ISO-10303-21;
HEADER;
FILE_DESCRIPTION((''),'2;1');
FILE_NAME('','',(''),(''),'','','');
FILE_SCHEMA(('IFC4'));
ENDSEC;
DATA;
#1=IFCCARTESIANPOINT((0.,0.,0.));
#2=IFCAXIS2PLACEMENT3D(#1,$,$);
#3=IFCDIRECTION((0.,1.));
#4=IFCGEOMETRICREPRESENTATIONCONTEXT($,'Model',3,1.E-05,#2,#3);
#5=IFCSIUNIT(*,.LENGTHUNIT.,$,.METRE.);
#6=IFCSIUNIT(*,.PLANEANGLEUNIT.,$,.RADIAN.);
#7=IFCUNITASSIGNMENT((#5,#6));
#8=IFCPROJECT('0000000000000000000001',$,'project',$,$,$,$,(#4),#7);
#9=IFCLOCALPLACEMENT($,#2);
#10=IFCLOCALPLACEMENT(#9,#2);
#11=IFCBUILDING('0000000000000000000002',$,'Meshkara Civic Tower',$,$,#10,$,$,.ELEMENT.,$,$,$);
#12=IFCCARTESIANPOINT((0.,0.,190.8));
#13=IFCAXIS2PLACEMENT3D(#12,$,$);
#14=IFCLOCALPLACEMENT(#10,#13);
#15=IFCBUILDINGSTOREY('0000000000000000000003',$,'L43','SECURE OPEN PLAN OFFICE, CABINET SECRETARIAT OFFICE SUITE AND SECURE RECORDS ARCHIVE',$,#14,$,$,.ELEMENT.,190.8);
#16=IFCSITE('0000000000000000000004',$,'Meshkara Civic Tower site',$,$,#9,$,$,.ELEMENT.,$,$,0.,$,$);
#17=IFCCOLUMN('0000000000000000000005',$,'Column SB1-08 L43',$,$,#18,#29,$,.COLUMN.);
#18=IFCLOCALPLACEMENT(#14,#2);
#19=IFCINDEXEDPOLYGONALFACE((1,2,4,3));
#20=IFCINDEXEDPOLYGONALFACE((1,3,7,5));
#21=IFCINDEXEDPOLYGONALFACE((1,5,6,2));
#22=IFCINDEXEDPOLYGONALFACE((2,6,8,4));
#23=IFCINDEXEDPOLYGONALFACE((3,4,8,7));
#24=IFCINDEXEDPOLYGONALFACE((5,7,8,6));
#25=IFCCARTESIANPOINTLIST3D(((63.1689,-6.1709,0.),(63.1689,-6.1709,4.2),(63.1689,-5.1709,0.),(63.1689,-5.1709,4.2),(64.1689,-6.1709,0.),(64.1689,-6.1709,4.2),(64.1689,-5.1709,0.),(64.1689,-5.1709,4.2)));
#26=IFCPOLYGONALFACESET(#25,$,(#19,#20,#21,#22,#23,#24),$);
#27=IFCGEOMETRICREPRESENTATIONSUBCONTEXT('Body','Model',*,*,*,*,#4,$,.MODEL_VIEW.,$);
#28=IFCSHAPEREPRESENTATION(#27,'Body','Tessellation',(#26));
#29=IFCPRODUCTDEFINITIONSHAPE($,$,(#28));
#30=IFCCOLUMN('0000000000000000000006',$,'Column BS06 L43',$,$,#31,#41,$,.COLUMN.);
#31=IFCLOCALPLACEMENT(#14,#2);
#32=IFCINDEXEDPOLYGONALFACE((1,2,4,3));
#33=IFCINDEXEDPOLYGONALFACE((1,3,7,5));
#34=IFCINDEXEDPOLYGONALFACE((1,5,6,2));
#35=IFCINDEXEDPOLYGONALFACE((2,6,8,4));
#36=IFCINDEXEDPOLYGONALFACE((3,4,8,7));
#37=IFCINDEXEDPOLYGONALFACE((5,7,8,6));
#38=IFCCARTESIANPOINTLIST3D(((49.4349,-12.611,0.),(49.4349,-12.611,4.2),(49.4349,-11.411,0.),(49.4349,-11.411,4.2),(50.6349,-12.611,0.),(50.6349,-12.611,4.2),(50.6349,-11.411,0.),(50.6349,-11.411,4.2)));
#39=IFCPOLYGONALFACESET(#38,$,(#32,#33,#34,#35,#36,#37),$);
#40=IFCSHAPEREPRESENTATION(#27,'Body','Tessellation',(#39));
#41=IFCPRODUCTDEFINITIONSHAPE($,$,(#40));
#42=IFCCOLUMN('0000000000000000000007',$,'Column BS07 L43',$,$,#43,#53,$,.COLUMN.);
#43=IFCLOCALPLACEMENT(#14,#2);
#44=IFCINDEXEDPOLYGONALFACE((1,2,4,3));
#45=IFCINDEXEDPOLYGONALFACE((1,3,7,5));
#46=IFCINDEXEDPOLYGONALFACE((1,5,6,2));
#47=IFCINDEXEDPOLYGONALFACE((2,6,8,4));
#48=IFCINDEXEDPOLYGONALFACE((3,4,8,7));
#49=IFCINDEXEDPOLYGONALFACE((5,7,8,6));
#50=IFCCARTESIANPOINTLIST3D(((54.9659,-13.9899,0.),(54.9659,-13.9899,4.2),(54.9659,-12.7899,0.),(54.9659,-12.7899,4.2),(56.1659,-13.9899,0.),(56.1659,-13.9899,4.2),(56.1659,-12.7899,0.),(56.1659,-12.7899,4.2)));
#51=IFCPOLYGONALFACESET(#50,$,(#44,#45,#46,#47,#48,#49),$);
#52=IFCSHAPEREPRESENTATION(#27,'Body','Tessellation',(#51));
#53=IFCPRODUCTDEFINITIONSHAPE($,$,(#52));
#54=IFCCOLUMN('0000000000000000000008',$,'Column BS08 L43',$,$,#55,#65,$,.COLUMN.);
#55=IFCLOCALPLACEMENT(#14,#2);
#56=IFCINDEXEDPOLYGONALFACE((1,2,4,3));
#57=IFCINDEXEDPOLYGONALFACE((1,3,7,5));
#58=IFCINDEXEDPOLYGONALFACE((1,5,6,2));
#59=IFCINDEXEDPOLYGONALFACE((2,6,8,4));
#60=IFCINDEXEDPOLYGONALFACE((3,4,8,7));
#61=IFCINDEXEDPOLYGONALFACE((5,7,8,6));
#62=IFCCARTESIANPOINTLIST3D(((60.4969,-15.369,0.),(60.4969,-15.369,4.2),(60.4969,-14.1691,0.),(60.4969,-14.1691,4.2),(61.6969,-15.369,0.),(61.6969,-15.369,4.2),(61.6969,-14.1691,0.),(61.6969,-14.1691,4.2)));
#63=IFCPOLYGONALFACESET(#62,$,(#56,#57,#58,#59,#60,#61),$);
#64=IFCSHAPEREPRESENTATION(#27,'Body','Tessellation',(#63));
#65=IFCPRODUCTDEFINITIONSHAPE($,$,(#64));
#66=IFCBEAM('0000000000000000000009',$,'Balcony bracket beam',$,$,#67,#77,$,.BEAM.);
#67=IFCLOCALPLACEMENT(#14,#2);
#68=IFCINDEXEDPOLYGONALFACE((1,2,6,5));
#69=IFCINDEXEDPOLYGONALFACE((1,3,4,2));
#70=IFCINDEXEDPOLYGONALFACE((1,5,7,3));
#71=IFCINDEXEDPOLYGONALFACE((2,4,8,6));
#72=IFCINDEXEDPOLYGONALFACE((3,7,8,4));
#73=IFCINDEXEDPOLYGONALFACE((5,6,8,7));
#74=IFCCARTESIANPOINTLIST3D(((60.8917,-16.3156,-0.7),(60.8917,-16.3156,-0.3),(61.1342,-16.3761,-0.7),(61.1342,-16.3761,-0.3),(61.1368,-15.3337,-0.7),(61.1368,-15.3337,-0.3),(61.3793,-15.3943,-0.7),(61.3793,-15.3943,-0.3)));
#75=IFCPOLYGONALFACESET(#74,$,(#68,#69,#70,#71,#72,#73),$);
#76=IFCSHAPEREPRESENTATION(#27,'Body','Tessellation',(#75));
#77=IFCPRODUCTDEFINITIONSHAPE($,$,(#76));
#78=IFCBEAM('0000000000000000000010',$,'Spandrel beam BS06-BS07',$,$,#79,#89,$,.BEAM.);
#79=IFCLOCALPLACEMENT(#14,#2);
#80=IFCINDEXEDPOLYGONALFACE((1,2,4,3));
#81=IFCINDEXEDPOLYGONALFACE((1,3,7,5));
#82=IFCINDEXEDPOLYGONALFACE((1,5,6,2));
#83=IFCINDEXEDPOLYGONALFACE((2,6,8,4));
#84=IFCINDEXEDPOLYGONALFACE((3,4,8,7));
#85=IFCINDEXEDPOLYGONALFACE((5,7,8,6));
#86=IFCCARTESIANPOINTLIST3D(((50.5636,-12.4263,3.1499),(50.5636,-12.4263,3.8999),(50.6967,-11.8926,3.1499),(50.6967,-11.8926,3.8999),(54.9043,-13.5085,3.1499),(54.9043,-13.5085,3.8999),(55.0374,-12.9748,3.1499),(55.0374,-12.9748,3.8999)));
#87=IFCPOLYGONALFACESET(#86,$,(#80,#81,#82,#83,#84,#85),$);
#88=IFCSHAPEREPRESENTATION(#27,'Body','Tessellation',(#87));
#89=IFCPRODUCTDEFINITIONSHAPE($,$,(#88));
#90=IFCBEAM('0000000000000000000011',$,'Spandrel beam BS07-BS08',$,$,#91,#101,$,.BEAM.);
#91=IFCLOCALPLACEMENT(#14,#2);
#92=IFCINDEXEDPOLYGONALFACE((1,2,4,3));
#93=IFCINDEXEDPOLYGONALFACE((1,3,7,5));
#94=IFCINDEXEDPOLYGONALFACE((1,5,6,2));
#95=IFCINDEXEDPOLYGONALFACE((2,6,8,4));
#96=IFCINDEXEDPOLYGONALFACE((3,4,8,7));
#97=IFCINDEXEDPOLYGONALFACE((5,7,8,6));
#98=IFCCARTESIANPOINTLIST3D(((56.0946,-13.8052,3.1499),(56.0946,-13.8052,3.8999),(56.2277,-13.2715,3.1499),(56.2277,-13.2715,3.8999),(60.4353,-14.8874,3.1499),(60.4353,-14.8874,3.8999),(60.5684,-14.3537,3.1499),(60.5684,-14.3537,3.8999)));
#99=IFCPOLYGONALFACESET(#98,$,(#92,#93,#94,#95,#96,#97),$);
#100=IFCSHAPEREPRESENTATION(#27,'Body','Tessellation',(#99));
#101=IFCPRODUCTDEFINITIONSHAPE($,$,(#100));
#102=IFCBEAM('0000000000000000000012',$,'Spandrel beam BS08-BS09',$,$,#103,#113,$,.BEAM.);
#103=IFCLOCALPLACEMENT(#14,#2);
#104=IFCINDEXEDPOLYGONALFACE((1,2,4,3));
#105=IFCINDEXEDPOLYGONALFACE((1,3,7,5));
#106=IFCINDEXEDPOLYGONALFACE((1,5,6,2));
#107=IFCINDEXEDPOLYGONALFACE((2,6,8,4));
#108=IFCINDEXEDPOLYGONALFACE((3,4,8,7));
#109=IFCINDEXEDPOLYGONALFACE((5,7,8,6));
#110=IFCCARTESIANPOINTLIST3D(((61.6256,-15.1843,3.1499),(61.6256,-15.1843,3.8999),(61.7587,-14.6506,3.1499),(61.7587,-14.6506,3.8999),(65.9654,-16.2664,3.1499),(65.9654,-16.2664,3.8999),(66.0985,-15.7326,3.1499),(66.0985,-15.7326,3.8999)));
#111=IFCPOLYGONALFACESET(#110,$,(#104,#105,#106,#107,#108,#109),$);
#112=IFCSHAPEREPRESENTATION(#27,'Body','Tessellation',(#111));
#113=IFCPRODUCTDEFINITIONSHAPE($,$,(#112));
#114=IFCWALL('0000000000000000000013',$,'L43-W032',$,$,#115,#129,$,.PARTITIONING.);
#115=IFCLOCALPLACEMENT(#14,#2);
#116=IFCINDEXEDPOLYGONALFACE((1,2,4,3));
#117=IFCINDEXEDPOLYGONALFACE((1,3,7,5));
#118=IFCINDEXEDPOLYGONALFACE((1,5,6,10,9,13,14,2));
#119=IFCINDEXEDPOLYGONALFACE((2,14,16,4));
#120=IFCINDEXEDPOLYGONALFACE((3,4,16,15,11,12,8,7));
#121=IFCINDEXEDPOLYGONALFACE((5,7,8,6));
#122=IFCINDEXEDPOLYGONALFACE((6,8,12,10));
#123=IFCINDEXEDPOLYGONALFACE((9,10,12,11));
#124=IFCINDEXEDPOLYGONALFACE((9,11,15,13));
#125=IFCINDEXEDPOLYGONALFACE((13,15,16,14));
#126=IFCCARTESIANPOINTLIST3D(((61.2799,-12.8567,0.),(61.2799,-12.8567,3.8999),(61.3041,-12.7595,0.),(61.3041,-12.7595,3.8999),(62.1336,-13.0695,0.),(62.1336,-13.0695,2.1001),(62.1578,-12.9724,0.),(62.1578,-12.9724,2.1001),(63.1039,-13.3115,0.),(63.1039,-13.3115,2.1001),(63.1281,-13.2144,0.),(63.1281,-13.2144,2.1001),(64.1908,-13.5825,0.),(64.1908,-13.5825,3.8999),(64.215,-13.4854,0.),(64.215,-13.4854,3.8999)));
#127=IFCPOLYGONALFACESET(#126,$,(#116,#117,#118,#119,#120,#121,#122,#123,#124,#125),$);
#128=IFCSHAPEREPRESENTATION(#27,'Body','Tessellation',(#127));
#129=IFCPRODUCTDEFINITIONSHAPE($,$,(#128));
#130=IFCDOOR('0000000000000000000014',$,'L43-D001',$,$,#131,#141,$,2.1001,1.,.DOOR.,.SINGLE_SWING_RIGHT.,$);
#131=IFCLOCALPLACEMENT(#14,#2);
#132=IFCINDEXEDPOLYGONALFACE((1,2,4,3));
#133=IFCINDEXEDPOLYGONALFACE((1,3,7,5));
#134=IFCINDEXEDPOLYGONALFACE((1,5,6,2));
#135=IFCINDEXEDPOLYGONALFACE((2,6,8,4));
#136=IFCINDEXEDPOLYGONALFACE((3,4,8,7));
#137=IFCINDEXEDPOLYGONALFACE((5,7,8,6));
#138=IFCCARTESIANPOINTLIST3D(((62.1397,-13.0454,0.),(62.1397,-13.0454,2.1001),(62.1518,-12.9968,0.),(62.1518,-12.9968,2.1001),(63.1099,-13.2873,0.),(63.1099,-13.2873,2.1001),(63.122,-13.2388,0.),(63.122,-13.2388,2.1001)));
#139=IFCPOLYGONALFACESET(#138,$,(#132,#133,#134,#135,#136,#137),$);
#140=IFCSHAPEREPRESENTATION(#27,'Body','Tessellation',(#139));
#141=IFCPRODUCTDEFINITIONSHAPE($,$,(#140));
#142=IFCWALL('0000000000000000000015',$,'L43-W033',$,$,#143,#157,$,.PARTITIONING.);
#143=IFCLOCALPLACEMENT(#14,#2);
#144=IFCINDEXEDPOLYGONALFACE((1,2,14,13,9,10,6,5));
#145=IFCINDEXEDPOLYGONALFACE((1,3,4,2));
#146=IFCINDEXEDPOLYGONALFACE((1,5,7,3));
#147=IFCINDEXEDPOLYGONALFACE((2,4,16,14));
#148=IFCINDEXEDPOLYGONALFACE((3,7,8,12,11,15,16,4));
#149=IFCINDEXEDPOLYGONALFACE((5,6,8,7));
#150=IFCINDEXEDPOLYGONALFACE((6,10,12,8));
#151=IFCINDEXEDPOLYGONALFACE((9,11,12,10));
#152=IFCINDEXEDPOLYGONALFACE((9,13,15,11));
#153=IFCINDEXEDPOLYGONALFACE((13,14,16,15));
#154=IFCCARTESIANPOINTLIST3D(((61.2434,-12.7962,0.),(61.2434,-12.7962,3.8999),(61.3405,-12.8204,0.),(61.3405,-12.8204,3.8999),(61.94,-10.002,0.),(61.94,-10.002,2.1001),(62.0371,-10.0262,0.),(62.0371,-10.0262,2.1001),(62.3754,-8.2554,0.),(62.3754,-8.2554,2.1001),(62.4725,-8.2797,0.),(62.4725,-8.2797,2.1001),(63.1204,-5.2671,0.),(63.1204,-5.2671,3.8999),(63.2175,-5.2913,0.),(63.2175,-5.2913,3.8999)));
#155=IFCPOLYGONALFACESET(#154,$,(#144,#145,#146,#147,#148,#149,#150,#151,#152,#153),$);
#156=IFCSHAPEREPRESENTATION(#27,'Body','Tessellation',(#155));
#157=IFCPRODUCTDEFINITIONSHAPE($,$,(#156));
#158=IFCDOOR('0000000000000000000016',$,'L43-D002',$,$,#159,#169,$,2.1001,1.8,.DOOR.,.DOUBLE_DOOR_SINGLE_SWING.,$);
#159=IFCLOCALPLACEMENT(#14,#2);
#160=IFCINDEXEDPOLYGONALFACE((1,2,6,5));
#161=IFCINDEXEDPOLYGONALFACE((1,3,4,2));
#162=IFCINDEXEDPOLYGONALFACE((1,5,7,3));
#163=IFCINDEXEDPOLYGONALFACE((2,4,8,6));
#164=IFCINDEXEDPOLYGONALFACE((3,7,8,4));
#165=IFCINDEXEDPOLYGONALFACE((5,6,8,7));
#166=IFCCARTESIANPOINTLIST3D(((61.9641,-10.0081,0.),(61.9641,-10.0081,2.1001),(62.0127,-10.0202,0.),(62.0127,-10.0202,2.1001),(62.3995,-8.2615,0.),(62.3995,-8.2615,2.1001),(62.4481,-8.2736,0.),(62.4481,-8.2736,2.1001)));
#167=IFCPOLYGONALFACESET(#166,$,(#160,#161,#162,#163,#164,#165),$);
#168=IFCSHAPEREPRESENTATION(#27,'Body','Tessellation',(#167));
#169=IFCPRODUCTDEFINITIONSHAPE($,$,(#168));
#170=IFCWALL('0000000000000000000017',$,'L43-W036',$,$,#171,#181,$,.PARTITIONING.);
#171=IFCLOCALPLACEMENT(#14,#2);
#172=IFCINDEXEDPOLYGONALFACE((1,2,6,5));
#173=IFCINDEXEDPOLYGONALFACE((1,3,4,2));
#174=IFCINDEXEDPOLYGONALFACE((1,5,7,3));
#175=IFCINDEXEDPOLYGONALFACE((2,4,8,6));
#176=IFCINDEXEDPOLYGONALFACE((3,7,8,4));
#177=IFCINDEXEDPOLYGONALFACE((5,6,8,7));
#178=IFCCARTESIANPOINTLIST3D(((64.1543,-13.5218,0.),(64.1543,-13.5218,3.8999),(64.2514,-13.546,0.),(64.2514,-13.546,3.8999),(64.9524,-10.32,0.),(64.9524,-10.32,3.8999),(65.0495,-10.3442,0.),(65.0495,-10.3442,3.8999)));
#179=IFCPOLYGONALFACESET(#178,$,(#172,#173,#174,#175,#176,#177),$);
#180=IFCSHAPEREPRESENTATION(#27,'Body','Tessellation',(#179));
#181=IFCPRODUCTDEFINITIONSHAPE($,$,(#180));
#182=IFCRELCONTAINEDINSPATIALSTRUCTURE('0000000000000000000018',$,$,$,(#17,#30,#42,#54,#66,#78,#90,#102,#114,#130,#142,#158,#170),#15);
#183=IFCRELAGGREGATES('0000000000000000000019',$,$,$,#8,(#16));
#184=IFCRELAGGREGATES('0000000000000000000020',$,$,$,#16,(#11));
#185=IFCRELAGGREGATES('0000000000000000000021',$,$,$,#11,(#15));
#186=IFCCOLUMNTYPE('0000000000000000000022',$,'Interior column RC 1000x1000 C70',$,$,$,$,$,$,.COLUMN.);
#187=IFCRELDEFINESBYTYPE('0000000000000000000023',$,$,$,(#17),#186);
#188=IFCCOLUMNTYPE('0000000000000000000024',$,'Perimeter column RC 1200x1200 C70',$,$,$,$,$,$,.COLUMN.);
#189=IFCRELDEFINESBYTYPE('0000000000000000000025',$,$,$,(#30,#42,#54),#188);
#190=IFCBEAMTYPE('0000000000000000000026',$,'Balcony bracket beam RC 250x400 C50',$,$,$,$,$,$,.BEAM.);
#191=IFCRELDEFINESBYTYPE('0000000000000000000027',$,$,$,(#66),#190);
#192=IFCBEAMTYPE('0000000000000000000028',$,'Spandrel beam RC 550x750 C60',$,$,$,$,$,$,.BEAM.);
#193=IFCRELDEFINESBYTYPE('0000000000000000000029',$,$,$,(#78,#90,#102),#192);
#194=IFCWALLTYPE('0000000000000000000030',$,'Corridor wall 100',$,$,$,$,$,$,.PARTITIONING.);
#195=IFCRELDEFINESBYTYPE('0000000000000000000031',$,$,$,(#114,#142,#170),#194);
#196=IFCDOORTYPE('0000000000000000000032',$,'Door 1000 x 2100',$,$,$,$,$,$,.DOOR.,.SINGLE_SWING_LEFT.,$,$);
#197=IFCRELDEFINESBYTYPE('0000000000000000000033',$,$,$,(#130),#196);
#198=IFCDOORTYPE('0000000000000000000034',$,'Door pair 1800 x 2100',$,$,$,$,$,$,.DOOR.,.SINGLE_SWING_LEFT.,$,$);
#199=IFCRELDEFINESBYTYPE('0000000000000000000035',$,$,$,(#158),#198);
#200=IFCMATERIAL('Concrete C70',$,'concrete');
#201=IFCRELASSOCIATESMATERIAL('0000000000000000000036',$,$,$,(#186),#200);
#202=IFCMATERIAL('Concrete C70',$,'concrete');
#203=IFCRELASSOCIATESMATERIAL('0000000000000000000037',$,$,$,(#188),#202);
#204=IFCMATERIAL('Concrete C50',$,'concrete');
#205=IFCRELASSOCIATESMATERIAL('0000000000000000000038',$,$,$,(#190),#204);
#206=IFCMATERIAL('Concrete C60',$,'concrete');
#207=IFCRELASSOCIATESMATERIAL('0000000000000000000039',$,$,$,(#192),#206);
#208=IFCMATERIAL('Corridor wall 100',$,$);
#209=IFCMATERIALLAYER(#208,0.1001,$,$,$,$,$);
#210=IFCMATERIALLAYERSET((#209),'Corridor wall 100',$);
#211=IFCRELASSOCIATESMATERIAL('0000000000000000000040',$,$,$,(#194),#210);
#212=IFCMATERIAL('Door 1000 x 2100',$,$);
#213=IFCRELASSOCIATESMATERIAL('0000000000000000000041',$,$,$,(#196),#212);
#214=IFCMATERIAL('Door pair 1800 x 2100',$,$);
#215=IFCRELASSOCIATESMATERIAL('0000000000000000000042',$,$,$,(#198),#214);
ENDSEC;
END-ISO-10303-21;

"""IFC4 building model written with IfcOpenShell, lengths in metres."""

from ifc_helpers import new_model, si_unit, direction, frame, frame_2d, origin, origin_2d, place, context, subcontext, project, spatial, rectangle, extrude, material, layer, layer_set, material_profile, profile_set, type_object, element, fill, save


model = new_model("IFC4")

# Units and contexts
model_context = context("Model", 3, precision=1e-05, world=origin(), true_north=direction((0.0, 1.0)))
body_context = subcontext(model_context, "Body", "Model", "MODEL_VIEW")
ifc_project = project(units=[si_unit("LENGTHUNIT", "METRE"), si_unit("PLANEANGLEUNIT", "RADIAN")], contexts=[model_context])

# Site, building, storey
site_placement = place(None, origin())
site = spatial("IfcSite", under=ifc_project, at=site_placement, Name="Meshkara Civic Tower site", CompositionType="ELEMENT", RefElevation=0.0)
building_placement = place(site_placement, origin())
building = spatial("IfcBuilding", under=site, at=building_placement, Name="Meshkara Civic Tower", CompositionType="ELEMENT")
storey_placement = place(building_placement, frame((0.0, 0.0, 190.8)))
storey = spatial("IfcBuildingStorey", under=building, at=storey_placement, Name="L43", Description="SECURE OPEN PLAN OFFICE, CABINET SECRETARIAT OFFICE SUITE AND SECURE RECORDS ARCHIVE", CompositionType="ELEMENT", Elevation=190.8)

# Columns
ifc_material_1 = material(Name="Concrete C70", Category="concrete")
ifc_material_profile_1 = material_profile(ifc_material_1, rectangle(XDim=1.0, YDim=1.0, at=origin_2d()))
ifc_profile_set_1 = profile_set([ifc_material_profile_1], Name="Concrete C70")
column_type_1 = type_object("IfcColumnType", Name="Interior column RC 1000x1000 C70", PredefinedType="COLUMN", material=ifc_profile_set_1)
column_placement = place(storey_placement, frame((63.6689, -5.6709, 0.0), z_axis=(0.0, 0.0, 1.0), x_axis=(1.0, 0.0, 0.0)))
element("IfcColumn", 1, at=column_placement, inside=storey, type_object=column_type_1, Name="Column SB1-08 L43", PredefinedType="COLUMN", context=body_context, shape_type="SweptSolid", body=[
    extrude(rectangle(XDim=1.0, YDim=1.0, at=origin_2d()), origin(), (0.0, 0.0, 1.0), 4.2),
])
ifc_material_2 = material(Name="Concrete C70", Category="concrete")
ifc_material_profile_2 = material_profile(ifc_material_2, rectangle(XDim=1.2, YDim=1.2, at=origin_2d()))
ifc_profile_set_2 = profile_set([ifc_material_profile_2], Name="Concrete C70")
column_type_2 = type_object("IfcColumnType", Name="Perimeter column RC 1200x1200 C70", PredefinedType="COLUMN", material=ifc_profile_set_2)
for number, where, z_axis, x_axis, name in (
    (2, (50.0349, -12.011, 0.0), (0.0, 0.0, 1.0), (1.0, 0.0, 0.0), "Column BS06 L43"),
    (3, (55.5659, -13.3899, 0.0), (0.0, 0.0, 1.0), (1.0, 0.0, 0.0), "Column BS07 L43"),
    (4, (61.0969, -14.769, 0.0), (0.0, 0.0, 1.0), (1.0, 0.0, 0.0), "Column BS08 L43"),
):
    element("IfcColumn", number, at=place(storey_placement, frame(where, z_axis=z_axis, x_axis=x_axis)), inside=storey, type_object=column_type_2, Name=name, PredefinedType="COLUMN", context=body_context, shape_type="SweptSolid", body=[
        extrude(rectangle(XDim=1.2, YDim=1.2, at=origin_2d()), origin(), (0.0, 0.0, 1.0), 4.2),
    ])

# Beams
ifc_material_3 = material(Name="Concrete C50", Category="concrete")
ifc_material_profile_3 = material_profile(ifc_material_3, rectangle(XDim=0.25, YDim=0.3999, at=origin_2d()))
ifc_profile_set_3 = profile_set([ifc_material_profile_3], Name="Concrete C50")
beam_type_1 = type_object("IfcBeamType", Name="Balcony bracket beam RC 250x400 C50", PredefinedType="BEAM", material=ifc_profile_set_3)
beam_1_placement = place(storey_placement, frame((61.2581, -15.364, -0.5), z_axis=(-0.242195, -0.970228, 0.0), x_axis=(0.970228, -0.242195, 0.0)))
element("IfcBeam", 5, at=beam_1_placement, inside=storey, type_object=beam_type_1, Name="Balcony bracket beam", PredefinedType="BEAM", context=body_context, shape_type="SweptSolid", body=[
    extrude(rectangle(XDim=0.25, YDim=0.3999, at=origin_2d()), origin(), (0.0, 0.0, 1.0), 1.012),
])
ifc_material_4 = material(Name="Concrete C60", Category="concrete")
ifc_material_profile_4 = material_profile(ifc_material_4, rectangle(XDim=0.55, YDim=0.75, at=origin_2d()))
ifc_profile_set_4 = profile_set([ifc_material_profile_4], Name="Concrete C60")
beam_type_2 = type_object("IfcBeamType", Name="Spandrel beam RC 550x750 C60", PredefinedType="BEAM", material=ifc_profile_set_4)
for number, where, z_axis, x_axis, name in (
    (6, (50.6301, -12.1594, 3.5249), (0.970296, -0.241919, 0.0), (0.241919, 0.970296, 0.0), "Spandrel beam BS06-BS07"),
    (7, (56.1611, -13.5383, 3.5249), (0.970296, -0.241919, 0.0), (0.241919, 0.970296, 0.0), "Spandrel beam BS07-BS08"),
):
    element("IfcBeam", number, at=place(storey_placement, frame(where, z_axis=z_axis, x_axis=x_axis)), inside=storey, type_object=beam_type_2, Name=name, PredefinedType="BEAM", context=body_context, shape_type="SweptSolid", body=[
        extrude(rectangle(XDim=0.55, YDim=0.75, at=origin_2d()), origin(), (0.0, 0.0, 1.0), 4.4736),
    ])
beam_2_placement = place(storey_placement, frame((61.6921, -14.9175, 3.5249), z_axis=(0.970296, -0.241919, 0.0), x_axis=(0.241919, 0.970296, 0.0)))
element("IfcBeam", 8, at=beam_2_placement, inside=storey, type_object=beam_type_2, Name="Spandrel beam BS08-BS09", PredefinedType="BEAM", context=body_context, shape_type="SweptSolid", body=[
    extrude(rectangle(XDim=0.55, YDim=0.75, at=origin_2d()), origin(), (0.0, 0.0, 1.0), 4.4727),
])

# Walls, openings, doors
ifc_material_5 = material(Name="Corridor wall 100")
ifc_layer_1 = layer(ifc_material_5, 0.1001)
ifc_layer_set_1 = layer_set([ifc_layer_1], Name="Corridor wall 100")
wall_type_1 = type_object("IfcWallType", Name="Corridor wall 100", PredefinedType="PARTITIONING", material=ifc_layer_set_1)
wall_1_placement = place(storey_placement, frame((61.292, -12.8081, 0.0), z_axis=(0.0, 0.0, 1.0), x_axis=(0.970291, -0.241942, 0.0)))
wall_1 = element("IfcWall", 9, at=wall_1_placement, inside=storey, type_object=wall_type_1, Name="L43-W032", PredefinedType="PARTITIONING", context=body_context, shape_type="SweptSolid", body=[
    extrude(rectangle(XDim=3.0, YDim=0.1001, at=frame_2d((1.5, 0.0))), origin(), (0.0, 0.0, 1.0), 3.8999),
])
opening_1_placement = place(wall_1_placement, frame((0.8799, 0.0, 0.0)))
opening_1 = element("IfcOpeningElement", 10, at=opening_1_placement, cuts=wall_1, PredefinedType="OPENING", context=body_context, shape_type="SweptSolid", body=[
    extrude(rectangle(XDim=1.0, YDim=2.1001, at=frame_2d((0.5, 1.05))), frame((0.0, 0.0601, 0.0), z_axis=(0.0, -1.0, 0.0), x_axis=(1.0, 0.0, 0.0)), (0.0, 0.0, 1.0), 0.1201),
])
ifc_material_6 = material(Name="Door 1000 x 2100")
door_type_1 = type_object("IfcDoorType", Name="Door 1000 x 2100", OperationType="SINGLE_SWING_LEFT", PredefinedType="DOOR", material=ifc_material_6)
door_1_placement = place(opening_1_placement, origin())
door_1 = element("IfcDoor", 11, at=door_1_placement, inside=storey, type_object=door_type_1, Name="L43-D001", OperationType="SINGLE_SWING_RIGHT", OverallHeight=2.1001, OverallWidth=1.0, PredefinedType="DOOR", context=body_context, shape_type="SweptSolid", body=[
    extrude(rectangle(XDim=1.0, YDim=2.1001, at=frame_2d((0.5, 1.05))), frame((0.0, 0.0249, 0.0), z_axis=(0.0, -1.0, 0.0), x_axis=(1.0, 0.0, 0.0)), (0.0, 0.0, 1.0), 0.05),
])
fill(opening_1, door_1)
wall_2_placement = place(storey_placement, frame((63.1689, -5.2791, 0.0), z_axis=(0.0, 0.0, 1.0), x_axis=(-0.241891, -0.970303, 0.0)))
wall_2 = element("IfcWall", 12, at=wall_2_placement, inside=storey, type_object=wall_type_1, Name="L43-W033", PredefinedType="PARTITIONING", context=body_context, shape_type="SweptSolid", body=[
    extrude(rectangle(XDim=7.7595, YDim=0.1001, at=frame_2d((3.8799, 0.0))), origin(), (0.0, 0.0, 1.0), 3.8999),
])
opening_2_placement = place(wall_2_placement, frame((3.0801, 0.0, 0.0)))
opening_2 = element("IfcOpeningElement", 13, at=opening_2_placement, cuts=wall_2, PredefinedType="OPENING", context=body_context, shape_type="SweptSolid", body=[
    extrude(rectangle(XDim=1.8, YDim=2.1001, at=frame_2d((0.8999, 1.05))), frame((0.0, 0.0601, 0.0), z_axis=(0.0, -1.0, 0.0), x_axis=(1.0, 0.0, 0.0)), (0.0, 0.0, 1.0), 0.1201),
])
ifc_material_7 = material(Name="Door pair 1800 x 2100")
door_type_2 = type_object("IfcDoorType", Name="Door pair 1800 x 2100", OperationType="SINGLE_SWING_LEFT", PredefinedType="DOOR", material=ifc_material_7)
door_2_placement = place(opening_2_placement, origin())
door_2 = element("IfcDoor", 14, at=door_2_placement, inside=storey, type_object=door_type_2, Name="L43-D002", OperationType="DOUBLE_DOOR_SINGLE_SWING", OverallHeight=2.1001, OverallWidth=1.8, PredefinedType="DOOR", context=body_context, shape_type="SweptSolid", body=[
    extrude(rectangle(XDim=1.8, YDim=2.1001, at=frame_2d((0.8999, 1.05))), frame((0.0, 0.0249, 0.0), z_axis=(0.0, -1.0, 0.0), x_axis=(1.0, 0.0, 0.0)), (0.0, 0.0, 1.0), 0.05),
])
fill(opening_2, door_2)

# Wall
wall_3_placement = place(storey_placement, frame((64.2029, -13.5339, 0.0), z_axis=(0.0, 0.0, 1.0), x_axis=(0.241857, 0.970312, 0.0)))
element("IfcWall", 15, at=wall_3_placement, inside=storey, type_object=wall_type_1, Name="L43-W036", PredefinedType="PARTITIONING", context=body_context, shape_type="SweptSolid", body=[
    extrude(rectangle(XDim=3.2998, YDim=0.1001, at=frame_2d((1.6499, 0.0))), origin(), (0.0, 0.0, 1.0), 3.8999),
])

save(model, "model.ifc")
